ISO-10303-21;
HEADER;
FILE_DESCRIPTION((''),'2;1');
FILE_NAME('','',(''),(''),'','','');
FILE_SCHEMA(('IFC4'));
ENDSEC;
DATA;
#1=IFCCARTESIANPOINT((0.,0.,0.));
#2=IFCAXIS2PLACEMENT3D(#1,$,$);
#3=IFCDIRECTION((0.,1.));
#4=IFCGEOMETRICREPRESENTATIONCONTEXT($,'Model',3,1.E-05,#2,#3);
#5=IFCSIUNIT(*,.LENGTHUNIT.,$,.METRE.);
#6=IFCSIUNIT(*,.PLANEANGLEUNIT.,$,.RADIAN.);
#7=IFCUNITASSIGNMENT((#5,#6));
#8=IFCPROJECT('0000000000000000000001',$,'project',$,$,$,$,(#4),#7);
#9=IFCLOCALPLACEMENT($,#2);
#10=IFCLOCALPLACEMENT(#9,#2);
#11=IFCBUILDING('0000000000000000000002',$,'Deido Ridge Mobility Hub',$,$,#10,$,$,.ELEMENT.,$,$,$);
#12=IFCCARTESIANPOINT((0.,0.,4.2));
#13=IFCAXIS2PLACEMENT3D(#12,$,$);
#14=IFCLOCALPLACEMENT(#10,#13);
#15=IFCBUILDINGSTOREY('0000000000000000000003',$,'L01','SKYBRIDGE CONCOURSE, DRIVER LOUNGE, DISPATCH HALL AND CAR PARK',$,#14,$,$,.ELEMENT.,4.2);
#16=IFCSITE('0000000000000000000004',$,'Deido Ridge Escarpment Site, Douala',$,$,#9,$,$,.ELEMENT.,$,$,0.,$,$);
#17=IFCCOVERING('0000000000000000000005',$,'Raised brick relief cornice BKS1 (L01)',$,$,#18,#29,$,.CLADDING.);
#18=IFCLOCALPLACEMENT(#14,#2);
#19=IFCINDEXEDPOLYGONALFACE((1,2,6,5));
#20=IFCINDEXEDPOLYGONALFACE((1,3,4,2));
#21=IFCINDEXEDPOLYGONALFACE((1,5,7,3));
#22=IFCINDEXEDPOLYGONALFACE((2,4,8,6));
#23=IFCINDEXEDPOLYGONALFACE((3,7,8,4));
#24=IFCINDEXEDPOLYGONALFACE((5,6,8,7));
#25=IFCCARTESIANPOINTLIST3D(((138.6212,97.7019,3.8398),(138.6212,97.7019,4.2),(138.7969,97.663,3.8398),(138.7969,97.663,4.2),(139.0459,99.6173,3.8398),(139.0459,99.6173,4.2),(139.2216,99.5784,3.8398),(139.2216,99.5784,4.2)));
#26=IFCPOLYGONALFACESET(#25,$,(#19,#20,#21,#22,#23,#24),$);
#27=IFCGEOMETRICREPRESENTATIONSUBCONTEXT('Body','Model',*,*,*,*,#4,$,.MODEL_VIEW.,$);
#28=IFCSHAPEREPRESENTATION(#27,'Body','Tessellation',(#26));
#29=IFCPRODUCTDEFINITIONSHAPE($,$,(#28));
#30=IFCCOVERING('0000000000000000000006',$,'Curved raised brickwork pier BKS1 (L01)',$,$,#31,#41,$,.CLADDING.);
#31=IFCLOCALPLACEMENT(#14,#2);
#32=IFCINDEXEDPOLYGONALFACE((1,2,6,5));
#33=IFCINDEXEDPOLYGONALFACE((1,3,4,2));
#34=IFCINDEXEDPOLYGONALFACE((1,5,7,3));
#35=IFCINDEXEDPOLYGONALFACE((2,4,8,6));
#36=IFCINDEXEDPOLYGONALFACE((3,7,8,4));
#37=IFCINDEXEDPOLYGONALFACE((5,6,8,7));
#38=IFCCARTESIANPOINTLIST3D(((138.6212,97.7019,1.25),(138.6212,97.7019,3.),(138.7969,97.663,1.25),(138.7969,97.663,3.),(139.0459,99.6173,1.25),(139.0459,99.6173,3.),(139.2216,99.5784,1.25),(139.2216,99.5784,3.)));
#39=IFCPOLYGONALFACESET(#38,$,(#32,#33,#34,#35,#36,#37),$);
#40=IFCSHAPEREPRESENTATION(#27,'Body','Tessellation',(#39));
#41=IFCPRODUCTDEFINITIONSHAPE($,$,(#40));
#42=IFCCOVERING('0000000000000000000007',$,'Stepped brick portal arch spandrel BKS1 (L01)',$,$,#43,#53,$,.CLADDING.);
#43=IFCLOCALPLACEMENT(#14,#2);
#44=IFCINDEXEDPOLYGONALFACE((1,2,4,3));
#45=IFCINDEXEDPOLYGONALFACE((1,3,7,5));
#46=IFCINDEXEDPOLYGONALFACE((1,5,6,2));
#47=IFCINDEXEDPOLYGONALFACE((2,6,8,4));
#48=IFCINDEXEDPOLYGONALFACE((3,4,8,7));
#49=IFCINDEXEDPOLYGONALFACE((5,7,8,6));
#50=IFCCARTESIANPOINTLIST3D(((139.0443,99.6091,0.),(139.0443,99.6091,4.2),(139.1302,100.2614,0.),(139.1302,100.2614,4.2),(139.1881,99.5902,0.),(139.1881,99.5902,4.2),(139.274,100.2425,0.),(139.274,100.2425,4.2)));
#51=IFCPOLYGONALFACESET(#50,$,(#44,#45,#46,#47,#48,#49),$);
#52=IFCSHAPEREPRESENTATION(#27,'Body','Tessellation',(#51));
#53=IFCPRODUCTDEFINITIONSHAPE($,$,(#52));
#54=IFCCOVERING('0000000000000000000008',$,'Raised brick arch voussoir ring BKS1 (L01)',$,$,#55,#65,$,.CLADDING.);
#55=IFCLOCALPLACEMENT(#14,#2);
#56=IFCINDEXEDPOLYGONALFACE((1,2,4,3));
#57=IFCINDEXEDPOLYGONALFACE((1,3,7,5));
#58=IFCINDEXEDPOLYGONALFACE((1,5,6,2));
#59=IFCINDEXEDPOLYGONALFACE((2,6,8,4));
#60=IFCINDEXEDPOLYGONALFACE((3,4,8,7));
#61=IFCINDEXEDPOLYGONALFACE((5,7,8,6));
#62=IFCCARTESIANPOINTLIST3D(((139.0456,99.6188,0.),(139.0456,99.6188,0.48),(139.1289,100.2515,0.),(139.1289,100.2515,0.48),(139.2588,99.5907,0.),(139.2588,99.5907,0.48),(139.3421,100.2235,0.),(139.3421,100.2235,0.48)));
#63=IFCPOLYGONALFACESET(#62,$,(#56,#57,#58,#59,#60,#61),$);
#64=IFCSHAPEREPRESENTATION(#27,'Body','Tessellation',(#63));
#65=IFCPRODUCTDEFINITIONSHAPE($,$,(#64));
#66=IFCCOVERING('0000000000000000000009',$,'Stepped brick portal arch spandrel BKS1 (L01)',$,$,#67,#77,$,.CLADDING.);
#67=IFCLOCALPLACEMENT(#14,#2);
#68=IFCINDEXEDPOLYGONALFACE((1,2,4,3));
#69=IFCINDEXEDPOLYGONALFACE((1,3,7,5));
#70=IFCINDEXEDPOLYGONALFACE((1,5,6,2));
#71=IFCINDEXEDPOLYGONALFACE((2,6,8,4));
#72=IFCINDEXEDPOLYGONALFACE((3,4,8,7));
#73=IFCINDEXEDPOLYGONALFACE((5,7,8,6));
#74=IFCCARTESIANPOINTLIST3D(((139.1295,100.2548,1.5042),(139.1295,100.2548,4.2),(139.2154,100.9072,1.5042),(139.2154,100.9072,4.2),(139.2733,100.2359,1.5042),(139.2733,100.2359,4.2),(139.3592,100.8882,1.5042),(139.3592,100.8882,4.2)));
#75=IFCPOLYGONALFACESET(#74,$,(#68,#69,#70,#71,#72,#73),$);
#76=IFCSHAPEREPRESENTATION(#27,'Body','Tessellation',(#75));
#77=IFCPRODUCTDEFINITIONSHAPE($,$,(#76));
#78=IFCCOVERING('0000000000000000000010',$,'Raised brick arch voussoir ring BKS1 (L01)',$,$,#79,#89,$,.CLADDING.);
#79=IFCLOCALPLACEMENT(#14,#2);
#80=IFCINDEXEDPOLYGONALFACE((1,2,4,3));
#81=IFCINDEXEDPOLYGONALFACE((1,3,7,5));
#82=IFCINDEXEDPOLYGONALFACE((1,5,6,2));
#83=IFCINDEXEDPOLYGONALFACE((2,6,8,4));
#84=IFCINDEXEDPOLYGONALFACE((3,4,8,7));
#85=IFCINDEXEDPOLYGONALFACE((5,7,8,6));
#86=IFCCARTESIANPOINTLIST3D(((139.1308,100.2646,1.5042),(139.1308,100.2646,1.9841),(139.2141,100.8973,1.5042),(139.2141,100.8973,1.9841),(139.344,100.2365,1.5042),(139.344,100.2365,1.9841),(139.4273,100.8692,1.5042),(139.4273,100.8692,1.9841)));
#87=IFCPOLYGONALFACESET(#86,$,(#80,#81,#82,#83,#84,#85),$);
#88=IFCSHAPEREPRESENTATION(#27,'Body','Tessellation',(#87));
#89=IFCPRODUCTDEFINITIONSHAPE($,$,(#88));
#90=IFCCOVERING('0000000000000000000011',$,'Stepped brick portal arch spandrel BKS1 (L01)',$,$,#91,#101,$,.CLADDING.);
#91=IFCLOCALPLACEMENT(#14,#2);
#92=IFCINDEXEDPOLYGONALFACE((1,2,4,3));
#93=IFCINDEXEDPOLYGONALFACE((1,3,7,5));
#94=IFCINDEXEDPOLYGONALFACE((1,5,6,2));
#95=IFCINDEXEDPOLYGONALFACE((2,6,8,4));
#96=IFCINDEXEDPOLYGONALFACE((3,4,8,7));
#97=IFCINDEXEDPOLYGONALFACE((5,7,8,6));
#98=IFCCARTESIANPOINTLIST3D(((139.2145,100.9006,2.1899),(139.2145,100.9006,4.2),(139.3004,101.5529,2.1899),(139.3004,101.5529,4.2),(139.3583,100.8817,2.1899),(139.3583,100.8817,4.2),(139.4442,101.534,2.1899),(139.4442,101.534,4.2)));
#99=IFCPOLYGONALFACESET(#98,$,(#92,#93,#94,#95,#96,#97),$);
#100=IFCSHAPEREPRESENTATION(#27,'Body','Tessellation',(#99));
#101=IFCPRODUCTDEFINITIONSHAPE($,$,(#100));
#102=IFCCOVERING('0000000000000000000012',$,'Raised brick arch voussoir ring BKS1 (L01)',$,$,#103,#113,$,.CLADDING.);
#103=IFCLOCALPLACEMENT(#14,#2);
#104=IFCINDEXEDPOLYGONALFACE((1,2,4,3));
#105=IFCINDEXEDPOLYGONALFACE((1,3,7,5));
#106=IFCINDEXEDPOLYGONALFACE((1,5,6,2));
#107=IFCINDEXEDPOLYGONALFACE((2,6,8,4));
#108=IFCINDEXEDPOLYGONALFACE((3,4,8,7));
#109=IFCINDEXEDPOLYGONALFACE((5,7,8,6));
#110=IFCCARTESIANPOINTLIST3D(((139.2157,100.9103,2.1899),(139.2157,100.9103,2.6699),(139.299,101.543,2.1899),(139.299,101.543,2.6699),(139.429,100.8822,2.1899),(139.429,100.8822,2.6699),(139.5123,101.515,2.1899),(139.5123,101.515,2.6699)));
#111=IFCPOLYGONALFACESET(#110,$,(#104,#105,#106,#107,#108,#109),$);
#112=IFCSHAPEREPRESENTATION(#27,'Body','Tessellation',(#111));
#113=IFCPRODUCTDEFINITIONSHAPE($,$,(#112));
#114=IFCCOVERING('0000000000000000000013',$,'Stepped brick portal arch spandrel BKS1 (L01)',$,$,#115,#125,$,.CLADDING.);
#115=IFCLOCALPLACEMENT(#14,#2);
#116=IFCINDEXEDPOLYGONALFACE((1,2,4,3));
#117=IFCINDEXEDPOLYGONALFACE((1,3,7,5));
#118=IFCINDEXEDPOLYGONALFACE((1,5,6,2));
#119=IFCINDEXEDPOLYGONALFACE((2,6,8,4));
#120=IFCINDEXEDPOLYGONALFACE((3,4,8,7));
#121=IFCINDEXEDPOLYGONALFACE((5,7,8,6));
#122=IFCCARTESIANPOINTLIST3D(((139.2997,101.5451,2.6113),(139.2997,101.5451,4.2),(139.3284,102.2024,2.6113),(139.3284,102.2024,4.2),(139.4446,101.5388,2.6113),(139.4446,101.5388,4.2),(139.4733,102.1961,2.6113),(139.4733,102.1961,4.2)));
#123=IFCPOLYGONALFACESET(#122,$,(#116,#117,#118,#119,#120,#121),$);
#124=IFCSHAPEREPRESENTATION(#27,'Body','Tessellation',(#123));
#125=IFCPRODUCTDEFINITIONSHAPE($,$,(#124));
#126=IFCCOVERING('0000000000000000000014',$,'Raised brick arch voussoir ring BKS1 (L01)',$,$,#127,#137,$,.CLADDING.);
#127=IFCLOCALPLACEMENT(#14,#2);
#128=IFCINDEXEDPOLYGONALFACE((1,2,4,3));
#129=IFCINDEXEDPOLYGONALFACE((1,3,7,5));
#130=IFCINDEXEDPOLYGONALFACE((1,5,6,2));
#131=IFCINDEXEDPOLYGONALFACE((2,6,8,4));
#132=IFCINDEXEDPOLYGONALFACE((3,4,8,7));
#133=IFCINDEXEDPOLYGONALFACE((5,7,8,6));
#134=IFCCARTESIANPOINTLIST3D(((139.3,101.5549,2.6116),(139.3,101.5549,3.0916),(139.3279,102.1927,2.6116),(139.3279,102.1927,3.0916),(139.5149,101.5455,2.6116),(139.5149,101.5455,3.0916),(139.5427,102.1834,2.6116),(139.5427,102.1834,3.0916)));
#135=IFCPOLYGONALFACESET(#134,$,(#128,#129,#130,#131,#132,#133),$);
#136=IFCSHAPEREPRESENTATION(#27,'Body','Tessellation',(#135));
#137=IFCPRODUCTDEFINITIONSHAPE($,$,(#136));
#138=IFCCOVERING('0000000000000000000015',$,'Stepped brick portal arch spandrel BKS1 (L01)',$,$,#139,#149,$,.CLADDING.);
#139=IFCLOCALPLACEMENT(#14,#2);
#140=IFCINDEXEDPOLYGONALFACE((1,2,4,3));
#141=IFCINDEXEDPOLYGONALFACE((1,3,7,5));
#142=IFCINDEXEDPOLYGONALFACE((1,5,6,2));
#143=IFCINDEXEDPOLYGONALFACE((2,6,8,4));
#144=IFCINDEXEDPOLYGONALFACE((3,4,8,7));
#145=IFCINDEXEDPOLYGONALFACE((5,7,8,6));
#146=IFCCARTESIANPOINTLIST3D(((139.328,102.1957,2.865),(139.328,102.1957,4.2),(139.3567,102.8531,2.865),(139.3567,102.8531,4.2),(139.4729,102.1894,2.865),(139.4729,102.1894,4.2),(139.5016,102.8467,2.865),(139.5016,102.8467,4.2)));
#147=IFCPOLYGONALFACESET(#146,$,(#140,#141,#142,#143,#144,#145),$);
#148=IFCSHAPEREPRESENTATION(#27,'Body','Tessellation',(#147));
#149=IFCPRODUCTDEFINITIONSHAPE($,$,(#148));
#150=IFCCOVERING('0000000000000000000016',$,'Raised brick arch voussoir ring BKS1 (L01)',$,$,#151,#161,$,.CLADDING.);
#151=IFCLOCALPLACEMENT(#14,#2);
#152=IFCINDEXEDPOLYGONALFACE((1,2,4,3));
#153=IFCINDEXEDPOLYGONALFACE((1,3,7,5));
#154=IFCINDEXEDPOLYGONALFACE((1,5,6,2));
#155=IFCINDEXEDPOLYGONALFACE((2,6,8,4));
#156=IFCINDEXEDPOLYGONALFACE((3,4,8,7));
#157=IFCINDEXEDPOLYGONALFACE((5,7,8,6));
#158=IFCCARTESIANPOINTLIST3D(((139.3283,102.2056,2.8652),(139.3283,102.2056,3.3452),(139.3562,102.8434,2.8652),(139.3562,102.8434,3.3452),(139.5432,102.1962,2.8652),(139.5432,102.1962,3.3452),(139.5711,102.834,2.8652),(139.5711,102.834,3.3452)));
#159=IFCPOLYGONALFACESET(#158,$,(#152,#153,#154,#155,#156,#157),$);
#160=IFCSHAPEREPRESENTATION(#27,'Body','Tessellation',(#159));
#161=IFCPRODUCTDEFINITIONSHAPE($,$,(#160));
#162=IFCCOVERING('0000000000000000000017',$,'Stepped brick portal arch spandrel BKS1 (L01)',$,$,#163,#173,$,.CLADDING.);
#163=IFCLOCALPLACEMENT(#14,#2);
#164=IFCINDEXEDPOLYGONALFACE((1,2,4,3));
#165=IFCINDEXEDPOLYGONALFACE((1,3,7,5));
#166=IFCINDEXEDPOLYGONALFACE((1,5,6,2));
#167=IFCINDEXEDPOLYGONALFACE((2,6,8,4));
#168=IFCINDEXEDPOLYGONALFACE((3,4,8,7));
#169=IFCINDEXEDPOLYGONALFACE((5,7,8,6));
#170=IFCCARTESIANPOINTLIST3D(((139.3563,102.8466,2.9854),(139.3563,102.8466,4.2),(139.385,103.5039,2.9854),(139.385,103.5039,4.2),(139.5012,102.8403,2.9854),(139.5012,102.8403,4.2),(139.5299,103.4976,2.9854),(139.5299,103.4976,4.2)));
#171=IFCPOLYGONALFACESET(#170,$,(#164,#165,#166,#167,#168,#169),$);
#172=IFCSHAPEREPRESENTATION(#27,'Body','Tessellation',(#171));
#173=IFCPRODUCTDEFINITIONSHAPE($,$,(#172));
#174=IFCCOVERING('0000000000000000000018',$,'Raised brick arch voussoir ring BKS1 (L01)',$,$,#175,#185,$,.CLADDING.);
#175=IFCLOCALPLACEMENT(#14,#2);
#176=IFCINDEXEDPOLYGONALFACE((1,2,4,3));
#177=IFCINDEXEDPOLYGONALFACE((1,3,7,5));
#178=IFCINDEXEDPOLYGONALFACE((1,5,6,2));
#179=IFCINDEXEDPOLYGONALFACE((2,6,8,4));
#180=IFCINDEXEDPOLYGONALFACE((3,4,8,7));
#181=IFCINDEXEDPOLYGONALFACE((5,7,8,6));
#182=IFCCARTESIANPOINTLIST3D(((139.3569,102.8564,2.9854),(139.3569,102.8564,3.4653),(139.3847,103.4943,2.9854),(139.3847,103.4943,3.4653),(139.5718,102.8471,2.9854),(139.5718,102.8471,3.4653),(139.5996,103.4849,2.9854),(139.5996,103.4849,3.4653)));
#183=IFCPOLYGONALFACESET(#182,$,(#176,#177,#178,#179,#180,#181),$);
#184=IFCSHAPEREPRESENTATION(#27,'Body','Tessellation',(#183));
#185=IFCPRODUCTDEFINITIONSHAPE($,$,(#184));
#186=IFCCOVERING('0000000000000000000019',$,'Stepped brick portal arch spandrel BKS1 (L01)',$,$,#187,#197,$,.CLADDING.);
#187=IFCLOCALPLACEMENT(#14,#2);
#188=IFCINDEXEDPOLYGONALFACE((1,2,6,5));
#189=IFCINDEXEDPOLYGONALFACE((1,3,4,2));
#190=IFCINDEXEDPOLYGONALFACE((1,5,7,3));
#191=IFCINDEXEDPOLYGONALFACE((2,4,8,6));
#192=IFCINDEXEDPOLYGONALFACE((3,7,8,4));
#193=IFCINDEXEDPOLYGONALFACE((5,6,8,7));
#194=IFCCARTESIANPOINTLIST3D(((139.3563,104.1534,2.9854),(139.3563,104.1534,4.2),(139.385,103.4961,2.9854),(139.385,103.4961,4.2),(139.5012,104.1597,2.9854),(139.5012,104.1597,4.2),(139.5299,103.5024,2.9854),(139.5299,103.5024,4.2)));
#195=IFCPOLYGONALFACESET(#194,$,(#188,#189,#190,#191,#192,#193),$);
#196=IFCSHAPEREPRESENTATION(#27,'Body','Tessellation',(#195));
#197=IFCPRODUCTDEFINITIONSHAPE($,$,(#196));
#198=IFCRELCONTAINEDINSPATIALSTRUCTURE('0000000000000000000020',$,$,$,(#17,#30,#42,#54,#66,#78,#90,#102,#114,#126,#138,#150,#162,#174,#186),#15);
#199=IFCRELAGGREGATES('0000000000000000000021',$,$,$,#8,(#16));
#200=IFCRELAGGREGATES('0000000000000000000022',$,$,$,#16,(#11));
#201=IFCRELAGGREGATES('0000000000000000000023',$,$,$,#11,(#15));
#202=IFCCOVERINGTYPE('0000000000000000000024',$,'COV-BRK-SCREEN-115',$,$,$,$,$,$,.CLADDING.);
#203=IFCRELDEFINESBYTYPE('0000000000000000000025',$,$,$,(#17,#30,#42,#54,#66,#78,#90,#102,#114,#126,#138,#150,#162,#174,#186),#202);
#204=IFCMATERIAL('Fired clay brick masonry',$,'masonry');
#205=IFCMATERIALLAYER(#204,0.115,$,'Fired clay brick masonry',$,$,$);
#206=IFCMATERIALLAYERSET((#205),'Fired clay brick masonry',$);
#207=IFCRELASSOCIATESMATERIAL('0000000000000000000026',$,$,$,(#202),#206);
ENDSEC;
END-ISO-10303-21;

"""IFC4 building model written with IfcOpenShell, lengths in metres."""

from ifc_helpers import new_model, si_unit, direction, frame, origin, origin_2d, place, context, subcontext, project, spatial, rectangle, extrude, material, layer, layer_set, type_object, element, save


model = new_model("IFC4")

# Units and contexts
model_context = context("Model", 3, precision=1e-05, world=origin(), true_north=direction((0.0, 1.0)))
body_context = subcontext(model_context, "Body", "Model", "MODEL_VIEW")
ifc_project = project(units=[si_unit("LENGTHUNIT", "METRE"), si_unit("PLANEANGLEUNIT", "RADIAN")], contexts=[model_context])

# Site, building, storey
site_placement = place(None, origin())
site = spatial("IfcSite", under=ifc_project, at=site_placement, Name="Deido Ridge Escarpment Site, Douala", CompositionType="ELEMENT", RefElevation=0.0)
building_placement = place(site_placement, origin())
building = spatial("IfcBuilding", under=site, at=building_placement, Name="Deido Ridge Mobility Hub", CompositionType="ELEMENT")
storey_placement = place(building_placement, frame((0.0, 0.0, 4.2)))
storey = spatial("IfcBuildingStorey", under=building, at=storey_placement, Name="L01", Description="SKYBRIDGE CONCOURSE, DRIVER LOUNGE, DISPATCH HALL AND CAR PARK", CompositionType="ELEMENT", Elevation=4.2)

# Coverings
ifc_material_1 = material(Name="Fired clay brick masonry", Category="masonry")
ifc_layer = layer(ifc_material_1, 0.115, Name="Fired clay brick masonry")
ifc_layer_set = layer_set([ifc_layer], Name="Fired clay brick masonry")
covering_type = type_object("IfcCoveringType", Name="COV-BRK-SCREEN-115", PredefinedType="CLADDING", material=ifc_layer_set)
covering_1_placement = place(storey_placement, frame((138.9214, 98.6401, 3.8398), z_axis=(0.0, 0.0, 1.0), x_axis=(0.216457, 0.976292, 0.0)))
element("IfcCovering", 1, at=covering_1_placement, inside=storey, type_object=covering_type, Name="Raised brick relief cornice BKS1 (L01)", PredefinedType="CLADDING", context=body_context, shape_type="SweptSolid", body=[
    extrude(rectangle(XDim=1.9619, YDim=0.1799, at=origin_2d()), origin(), (0.0, 0.0, 1.0), 0.3601),
])
covering_2_placement = place(storey_placement, frame((138.9214, 98.6401, 1.25), z_axis=(0.0, 0.0, 1.0), x_axis=(0.216457, 0.976292, 0.0)))
element("IfcCovering", 2, at=covering_2_placement, inside=storey, type_object=covering_type, Name="Curved raised brickwork pier BKS1 (L01)", PredefinedType="CLADDING", context=body_context, shape_type="SweptSolid", body=[
    extrude(rectangle(XDim=1.9619, YDim=0.1799, at=origin_2d()), origin(), (0.0, 0.0, 1.0), 1.75),
])
covering_3_placement = place(storey_placement, frame((139.1592, 99.9258, 0.0), z_axis=(0.0, 0.0, 1.0), x_axis=(0.130543, 0.991443, 0.0)))
element("IfcCovering", 3, at=covering_3_placement, inside=storey, type_object=covering_type, Name="Stepped brick portal arch spandrel BKS1 (L01)", PredefinedType="CLADDING", context=body_context, shape_type="SweptSolid", body=[
    extrude(rectangle(XDim=0.658, YDim=0.145, at=origin_2d()), origin(), (0.0, 0.0, 1.0), 4.2),
])
covering_4_placement = place(storey_placement, frame((139.1938, 99.9211, 0.0), z_axis=(0.0, 0.0, 1.0), x_axis=(0.130543, 0.991443, 0.0)))
element("IfcCovering", 4, at=covering_4_placement, inside=storey, type_object=covering_type, Name="Raised brick arch voussoir ring BKS1 (L01)", PredefinedType="CLADDING", context=body_context, shape_type="SweptSolid", body=[
    extrude(rectangle(XDim=0.6382, YDim=0.2151, at=origin_2d()), origin(), (0.0, 0.0, 1.0), 0.48),
])
covering_5_placement = place(storey_placement, frame((139.2444, 100.5715, 1.5042), z_axis=(0.0, 0.0, 1.0), x_axis=(0.130543, 0.991443, 0.0)))
element("IfcCovering", 5, at=covering_5_placement, inside=storey, type_object=covering_type, Name="Stepped brick portal arch spandrel BKS1 (L01)", PredefinedType="CLADDING", context=body_context, shape_type="SweptSolid", body=[
    extrude(rectangle(XDim=0.658, YDim=0.145, at=origin_2d()), origin(), (0.0, 0.0, 1.0), 2.6958),
])
covering_6_placement = place(storey_placement, frame((139.2791, 100.5669, 1.5042), z_axis=(0.0, 0.0, 1.0), x_axis=(0.130543, 0.991443, 0.0)))
element("IfcCovering", 6, at=covering_6_placement, inside=storey, type_object=covering_type, Name="Raised brick arch voussoir ring BKS1 (L01)", PredefinedType="CLADDING", context=body_context, shape_type="SweptSolid", body=[
    extrude(rectangle(XDim=0.6382, YDim=0.2151, at=origin_2d()), origin(), (0.0, 0.0, 1.0), 0.48),
])
covering_7_placement = place(storey_placement, frame((139.3293, 101.2173, 2.1899), z_axis=(0.0, 0.0, 1.0), x_axis=(0.130543, 0.991443, 0.0)))
element("IfcCovering", 7, at=covering_7_placement, inside=storey, type_object=covering_type, Name="Stepped brick portal arch spandrel BKS1 (L01)", PredefinedType="CLADDING", context=body_context, shape_type="SweptSolid", body=[
    extrude(rectangle(XDim=0.658, YDim=0.145, at=origin_2d()), origin(), (0.0, 0.0, 1.0), 2.01),
])
covering_8_placement = place(storey_placement, frame((139.364, 101.2126, 2.1899), z_axis=(0.0, 0.0, 1.0), x_axis=(0.130543, 0.991443, 0.0)))
element("IfcCovering", 8, at=covering_8_placement, inside=storey, type_object=covering_type, Name="Raised brick arch voussoir ring BKS1 (L01)", PredefinedType="CLADDING", context=body_context, shape_type="SweptSolid", body=[
    extrude(rectangle(XDim=0.6382, YDim=0.2151, at=origin_2d()), origin(), (0.0, 0.0, 1.0), 0.48),
])
covering_9_placement = place(storey_placement, frame((139.3865, 101.8706, 2.6113), z_axis=(0.0, 0.0, 1.0), x_axis=(0.043602, 0.999049, 0.0)))
element("IfcCovering", 9, at=covering_9_placement, inside=storey, type_object=covering_type, Name="Stepped brick portal arch spandrel BKS1 (L01)", PredefinedType="CLADDING", context=body_context, shape_type="SweptSolid", body=[
    extrude(rectangle(XDim=0.658, YDim=0.145, at=origin_2d()), origin(), (0.0, 0.0, 1.0), 1.5886),
])
covering_10_placement = place(storey_placement, frame((139.4214, 101.8691, 2.6116), z_axis=(0.0, 0.0, 1.0), x_axis=(0.043602, 0.999049, 0.0)))
element("IfcCovering", 10, at=covering_10_placement, inside=storey, type_object=covering_type, Name="Raised brick arch voussoir ring BKS1 (L01)", PredefinedType="CLADDING", context=body_context, shape_type="SweptSolid", body=[
    extrude(rectangle(XDim=0.6384, YDim=0.2151, at=origin_2d()), origin(), (0.0, 0.0, 1.0), 0.48),
])
covering_11_placement = place(storey_placement, frame((139.4148, 102.5212, 2.865), z_axis=(0.0, 0.0, 1.0), x_axis=(0.043602, 0.999049, 0.0)))
element("IfcCovering", 11, at=covering_11_placement, inside=storey, type_object=covering_type, Name="Stepped brick portal arch spandrel BKS1 (L01)", PredefinedType="CLADDING", context=body_context, shape_type="SweptSolid", body=[
    extrude(rectangle(XDim=0.658, YDim=0.145, at=origin_2d()), origin(), (0.0, 0.0, 1.0), 1.335),
])
covering_12_placement = place(storey_placement, frame((139.4497, 102.5198, 2.8652), z_axis=(0.0, 0.0, 1.0), x_axis=(0.043602, 0.999049, 0.0)))
element("IfcCovering", 12, at=covering_12_placement, inside=storey, type_object=covering_type, Name="Raised brick arch voussoir ring BKS1 (L01)", PredefinedType="CLADDING", context=body_context, shape_type="SweptSolid", body=[
    extrude(rectangle(XDim=0.6384, YDim=0.2151, at=origin_2d()), origin(), (0.0, 0.0, 1.0), 0.48),
])
covering_13_placement = place(storey_placement, frame((139.4431, 103.1721, 2.9854), z_axis=(0.0, 0.0, 1.0), x_axis=(0.043602, 0.999049, 0.0)))
element("IfcCovering", 13, at=covering_13_placement, inside=storey, type_object=covering_type, Name="Stepped brick portal arch spandrel BKS1 (L01)", PredefinedType="CLADDING", context=body_context, shape_type="SweptSolid", body=[
    extrude(rectangle(XDim=0.658, YDim=0.145, at=origin_2d()), origin(), (0.0, 0.0, 1.0), 1.2146),
])
covering_14_placement = place(storey_placement, frame((139.4783, 103.1707, 2.9854), z_axis=(0.0, 0.0, 1.0), x_axis=(0.043602, 0.999049, 0.0)))
element("IfcCovering", 14, at=covering_14_placement, inside=storey, type_object=covering_type, Name="Raised brick arch voussoir ring BKS1 (L01)", PredefinedType="CLADDING", context=body_context, shape_type="SweptSolid", body=[
    extrude(rectangle(XDim=0.6384, YDim=0.2151, at=origin_2d()), origin(), (0.0, 0.0, 1.0), 0.48),
])
covering_15_placement = place(storey_placement, frame((139.4431, 103.8279, 2.9854), z_axis=(0.0, 0.0, 1.0), x_axis=(-0.043602, 0.999049, 0.0)))
element("IfcCovering", 15, at=covering_15_placement, inside=storey, type_object=covering_type, Name="Stepped brick portal arch spandrel BKS1 (L01)", PredefinedType="CLADDING", context=body_context, shape_type="SweptSolid", body=[
    extrude(rectangle(XDim=0.658, YDim=0.145, at=origin_2d()), origin(), (0.0, 0.0, 1.0), 1.2146),
])

save(model, "model.ifc")
